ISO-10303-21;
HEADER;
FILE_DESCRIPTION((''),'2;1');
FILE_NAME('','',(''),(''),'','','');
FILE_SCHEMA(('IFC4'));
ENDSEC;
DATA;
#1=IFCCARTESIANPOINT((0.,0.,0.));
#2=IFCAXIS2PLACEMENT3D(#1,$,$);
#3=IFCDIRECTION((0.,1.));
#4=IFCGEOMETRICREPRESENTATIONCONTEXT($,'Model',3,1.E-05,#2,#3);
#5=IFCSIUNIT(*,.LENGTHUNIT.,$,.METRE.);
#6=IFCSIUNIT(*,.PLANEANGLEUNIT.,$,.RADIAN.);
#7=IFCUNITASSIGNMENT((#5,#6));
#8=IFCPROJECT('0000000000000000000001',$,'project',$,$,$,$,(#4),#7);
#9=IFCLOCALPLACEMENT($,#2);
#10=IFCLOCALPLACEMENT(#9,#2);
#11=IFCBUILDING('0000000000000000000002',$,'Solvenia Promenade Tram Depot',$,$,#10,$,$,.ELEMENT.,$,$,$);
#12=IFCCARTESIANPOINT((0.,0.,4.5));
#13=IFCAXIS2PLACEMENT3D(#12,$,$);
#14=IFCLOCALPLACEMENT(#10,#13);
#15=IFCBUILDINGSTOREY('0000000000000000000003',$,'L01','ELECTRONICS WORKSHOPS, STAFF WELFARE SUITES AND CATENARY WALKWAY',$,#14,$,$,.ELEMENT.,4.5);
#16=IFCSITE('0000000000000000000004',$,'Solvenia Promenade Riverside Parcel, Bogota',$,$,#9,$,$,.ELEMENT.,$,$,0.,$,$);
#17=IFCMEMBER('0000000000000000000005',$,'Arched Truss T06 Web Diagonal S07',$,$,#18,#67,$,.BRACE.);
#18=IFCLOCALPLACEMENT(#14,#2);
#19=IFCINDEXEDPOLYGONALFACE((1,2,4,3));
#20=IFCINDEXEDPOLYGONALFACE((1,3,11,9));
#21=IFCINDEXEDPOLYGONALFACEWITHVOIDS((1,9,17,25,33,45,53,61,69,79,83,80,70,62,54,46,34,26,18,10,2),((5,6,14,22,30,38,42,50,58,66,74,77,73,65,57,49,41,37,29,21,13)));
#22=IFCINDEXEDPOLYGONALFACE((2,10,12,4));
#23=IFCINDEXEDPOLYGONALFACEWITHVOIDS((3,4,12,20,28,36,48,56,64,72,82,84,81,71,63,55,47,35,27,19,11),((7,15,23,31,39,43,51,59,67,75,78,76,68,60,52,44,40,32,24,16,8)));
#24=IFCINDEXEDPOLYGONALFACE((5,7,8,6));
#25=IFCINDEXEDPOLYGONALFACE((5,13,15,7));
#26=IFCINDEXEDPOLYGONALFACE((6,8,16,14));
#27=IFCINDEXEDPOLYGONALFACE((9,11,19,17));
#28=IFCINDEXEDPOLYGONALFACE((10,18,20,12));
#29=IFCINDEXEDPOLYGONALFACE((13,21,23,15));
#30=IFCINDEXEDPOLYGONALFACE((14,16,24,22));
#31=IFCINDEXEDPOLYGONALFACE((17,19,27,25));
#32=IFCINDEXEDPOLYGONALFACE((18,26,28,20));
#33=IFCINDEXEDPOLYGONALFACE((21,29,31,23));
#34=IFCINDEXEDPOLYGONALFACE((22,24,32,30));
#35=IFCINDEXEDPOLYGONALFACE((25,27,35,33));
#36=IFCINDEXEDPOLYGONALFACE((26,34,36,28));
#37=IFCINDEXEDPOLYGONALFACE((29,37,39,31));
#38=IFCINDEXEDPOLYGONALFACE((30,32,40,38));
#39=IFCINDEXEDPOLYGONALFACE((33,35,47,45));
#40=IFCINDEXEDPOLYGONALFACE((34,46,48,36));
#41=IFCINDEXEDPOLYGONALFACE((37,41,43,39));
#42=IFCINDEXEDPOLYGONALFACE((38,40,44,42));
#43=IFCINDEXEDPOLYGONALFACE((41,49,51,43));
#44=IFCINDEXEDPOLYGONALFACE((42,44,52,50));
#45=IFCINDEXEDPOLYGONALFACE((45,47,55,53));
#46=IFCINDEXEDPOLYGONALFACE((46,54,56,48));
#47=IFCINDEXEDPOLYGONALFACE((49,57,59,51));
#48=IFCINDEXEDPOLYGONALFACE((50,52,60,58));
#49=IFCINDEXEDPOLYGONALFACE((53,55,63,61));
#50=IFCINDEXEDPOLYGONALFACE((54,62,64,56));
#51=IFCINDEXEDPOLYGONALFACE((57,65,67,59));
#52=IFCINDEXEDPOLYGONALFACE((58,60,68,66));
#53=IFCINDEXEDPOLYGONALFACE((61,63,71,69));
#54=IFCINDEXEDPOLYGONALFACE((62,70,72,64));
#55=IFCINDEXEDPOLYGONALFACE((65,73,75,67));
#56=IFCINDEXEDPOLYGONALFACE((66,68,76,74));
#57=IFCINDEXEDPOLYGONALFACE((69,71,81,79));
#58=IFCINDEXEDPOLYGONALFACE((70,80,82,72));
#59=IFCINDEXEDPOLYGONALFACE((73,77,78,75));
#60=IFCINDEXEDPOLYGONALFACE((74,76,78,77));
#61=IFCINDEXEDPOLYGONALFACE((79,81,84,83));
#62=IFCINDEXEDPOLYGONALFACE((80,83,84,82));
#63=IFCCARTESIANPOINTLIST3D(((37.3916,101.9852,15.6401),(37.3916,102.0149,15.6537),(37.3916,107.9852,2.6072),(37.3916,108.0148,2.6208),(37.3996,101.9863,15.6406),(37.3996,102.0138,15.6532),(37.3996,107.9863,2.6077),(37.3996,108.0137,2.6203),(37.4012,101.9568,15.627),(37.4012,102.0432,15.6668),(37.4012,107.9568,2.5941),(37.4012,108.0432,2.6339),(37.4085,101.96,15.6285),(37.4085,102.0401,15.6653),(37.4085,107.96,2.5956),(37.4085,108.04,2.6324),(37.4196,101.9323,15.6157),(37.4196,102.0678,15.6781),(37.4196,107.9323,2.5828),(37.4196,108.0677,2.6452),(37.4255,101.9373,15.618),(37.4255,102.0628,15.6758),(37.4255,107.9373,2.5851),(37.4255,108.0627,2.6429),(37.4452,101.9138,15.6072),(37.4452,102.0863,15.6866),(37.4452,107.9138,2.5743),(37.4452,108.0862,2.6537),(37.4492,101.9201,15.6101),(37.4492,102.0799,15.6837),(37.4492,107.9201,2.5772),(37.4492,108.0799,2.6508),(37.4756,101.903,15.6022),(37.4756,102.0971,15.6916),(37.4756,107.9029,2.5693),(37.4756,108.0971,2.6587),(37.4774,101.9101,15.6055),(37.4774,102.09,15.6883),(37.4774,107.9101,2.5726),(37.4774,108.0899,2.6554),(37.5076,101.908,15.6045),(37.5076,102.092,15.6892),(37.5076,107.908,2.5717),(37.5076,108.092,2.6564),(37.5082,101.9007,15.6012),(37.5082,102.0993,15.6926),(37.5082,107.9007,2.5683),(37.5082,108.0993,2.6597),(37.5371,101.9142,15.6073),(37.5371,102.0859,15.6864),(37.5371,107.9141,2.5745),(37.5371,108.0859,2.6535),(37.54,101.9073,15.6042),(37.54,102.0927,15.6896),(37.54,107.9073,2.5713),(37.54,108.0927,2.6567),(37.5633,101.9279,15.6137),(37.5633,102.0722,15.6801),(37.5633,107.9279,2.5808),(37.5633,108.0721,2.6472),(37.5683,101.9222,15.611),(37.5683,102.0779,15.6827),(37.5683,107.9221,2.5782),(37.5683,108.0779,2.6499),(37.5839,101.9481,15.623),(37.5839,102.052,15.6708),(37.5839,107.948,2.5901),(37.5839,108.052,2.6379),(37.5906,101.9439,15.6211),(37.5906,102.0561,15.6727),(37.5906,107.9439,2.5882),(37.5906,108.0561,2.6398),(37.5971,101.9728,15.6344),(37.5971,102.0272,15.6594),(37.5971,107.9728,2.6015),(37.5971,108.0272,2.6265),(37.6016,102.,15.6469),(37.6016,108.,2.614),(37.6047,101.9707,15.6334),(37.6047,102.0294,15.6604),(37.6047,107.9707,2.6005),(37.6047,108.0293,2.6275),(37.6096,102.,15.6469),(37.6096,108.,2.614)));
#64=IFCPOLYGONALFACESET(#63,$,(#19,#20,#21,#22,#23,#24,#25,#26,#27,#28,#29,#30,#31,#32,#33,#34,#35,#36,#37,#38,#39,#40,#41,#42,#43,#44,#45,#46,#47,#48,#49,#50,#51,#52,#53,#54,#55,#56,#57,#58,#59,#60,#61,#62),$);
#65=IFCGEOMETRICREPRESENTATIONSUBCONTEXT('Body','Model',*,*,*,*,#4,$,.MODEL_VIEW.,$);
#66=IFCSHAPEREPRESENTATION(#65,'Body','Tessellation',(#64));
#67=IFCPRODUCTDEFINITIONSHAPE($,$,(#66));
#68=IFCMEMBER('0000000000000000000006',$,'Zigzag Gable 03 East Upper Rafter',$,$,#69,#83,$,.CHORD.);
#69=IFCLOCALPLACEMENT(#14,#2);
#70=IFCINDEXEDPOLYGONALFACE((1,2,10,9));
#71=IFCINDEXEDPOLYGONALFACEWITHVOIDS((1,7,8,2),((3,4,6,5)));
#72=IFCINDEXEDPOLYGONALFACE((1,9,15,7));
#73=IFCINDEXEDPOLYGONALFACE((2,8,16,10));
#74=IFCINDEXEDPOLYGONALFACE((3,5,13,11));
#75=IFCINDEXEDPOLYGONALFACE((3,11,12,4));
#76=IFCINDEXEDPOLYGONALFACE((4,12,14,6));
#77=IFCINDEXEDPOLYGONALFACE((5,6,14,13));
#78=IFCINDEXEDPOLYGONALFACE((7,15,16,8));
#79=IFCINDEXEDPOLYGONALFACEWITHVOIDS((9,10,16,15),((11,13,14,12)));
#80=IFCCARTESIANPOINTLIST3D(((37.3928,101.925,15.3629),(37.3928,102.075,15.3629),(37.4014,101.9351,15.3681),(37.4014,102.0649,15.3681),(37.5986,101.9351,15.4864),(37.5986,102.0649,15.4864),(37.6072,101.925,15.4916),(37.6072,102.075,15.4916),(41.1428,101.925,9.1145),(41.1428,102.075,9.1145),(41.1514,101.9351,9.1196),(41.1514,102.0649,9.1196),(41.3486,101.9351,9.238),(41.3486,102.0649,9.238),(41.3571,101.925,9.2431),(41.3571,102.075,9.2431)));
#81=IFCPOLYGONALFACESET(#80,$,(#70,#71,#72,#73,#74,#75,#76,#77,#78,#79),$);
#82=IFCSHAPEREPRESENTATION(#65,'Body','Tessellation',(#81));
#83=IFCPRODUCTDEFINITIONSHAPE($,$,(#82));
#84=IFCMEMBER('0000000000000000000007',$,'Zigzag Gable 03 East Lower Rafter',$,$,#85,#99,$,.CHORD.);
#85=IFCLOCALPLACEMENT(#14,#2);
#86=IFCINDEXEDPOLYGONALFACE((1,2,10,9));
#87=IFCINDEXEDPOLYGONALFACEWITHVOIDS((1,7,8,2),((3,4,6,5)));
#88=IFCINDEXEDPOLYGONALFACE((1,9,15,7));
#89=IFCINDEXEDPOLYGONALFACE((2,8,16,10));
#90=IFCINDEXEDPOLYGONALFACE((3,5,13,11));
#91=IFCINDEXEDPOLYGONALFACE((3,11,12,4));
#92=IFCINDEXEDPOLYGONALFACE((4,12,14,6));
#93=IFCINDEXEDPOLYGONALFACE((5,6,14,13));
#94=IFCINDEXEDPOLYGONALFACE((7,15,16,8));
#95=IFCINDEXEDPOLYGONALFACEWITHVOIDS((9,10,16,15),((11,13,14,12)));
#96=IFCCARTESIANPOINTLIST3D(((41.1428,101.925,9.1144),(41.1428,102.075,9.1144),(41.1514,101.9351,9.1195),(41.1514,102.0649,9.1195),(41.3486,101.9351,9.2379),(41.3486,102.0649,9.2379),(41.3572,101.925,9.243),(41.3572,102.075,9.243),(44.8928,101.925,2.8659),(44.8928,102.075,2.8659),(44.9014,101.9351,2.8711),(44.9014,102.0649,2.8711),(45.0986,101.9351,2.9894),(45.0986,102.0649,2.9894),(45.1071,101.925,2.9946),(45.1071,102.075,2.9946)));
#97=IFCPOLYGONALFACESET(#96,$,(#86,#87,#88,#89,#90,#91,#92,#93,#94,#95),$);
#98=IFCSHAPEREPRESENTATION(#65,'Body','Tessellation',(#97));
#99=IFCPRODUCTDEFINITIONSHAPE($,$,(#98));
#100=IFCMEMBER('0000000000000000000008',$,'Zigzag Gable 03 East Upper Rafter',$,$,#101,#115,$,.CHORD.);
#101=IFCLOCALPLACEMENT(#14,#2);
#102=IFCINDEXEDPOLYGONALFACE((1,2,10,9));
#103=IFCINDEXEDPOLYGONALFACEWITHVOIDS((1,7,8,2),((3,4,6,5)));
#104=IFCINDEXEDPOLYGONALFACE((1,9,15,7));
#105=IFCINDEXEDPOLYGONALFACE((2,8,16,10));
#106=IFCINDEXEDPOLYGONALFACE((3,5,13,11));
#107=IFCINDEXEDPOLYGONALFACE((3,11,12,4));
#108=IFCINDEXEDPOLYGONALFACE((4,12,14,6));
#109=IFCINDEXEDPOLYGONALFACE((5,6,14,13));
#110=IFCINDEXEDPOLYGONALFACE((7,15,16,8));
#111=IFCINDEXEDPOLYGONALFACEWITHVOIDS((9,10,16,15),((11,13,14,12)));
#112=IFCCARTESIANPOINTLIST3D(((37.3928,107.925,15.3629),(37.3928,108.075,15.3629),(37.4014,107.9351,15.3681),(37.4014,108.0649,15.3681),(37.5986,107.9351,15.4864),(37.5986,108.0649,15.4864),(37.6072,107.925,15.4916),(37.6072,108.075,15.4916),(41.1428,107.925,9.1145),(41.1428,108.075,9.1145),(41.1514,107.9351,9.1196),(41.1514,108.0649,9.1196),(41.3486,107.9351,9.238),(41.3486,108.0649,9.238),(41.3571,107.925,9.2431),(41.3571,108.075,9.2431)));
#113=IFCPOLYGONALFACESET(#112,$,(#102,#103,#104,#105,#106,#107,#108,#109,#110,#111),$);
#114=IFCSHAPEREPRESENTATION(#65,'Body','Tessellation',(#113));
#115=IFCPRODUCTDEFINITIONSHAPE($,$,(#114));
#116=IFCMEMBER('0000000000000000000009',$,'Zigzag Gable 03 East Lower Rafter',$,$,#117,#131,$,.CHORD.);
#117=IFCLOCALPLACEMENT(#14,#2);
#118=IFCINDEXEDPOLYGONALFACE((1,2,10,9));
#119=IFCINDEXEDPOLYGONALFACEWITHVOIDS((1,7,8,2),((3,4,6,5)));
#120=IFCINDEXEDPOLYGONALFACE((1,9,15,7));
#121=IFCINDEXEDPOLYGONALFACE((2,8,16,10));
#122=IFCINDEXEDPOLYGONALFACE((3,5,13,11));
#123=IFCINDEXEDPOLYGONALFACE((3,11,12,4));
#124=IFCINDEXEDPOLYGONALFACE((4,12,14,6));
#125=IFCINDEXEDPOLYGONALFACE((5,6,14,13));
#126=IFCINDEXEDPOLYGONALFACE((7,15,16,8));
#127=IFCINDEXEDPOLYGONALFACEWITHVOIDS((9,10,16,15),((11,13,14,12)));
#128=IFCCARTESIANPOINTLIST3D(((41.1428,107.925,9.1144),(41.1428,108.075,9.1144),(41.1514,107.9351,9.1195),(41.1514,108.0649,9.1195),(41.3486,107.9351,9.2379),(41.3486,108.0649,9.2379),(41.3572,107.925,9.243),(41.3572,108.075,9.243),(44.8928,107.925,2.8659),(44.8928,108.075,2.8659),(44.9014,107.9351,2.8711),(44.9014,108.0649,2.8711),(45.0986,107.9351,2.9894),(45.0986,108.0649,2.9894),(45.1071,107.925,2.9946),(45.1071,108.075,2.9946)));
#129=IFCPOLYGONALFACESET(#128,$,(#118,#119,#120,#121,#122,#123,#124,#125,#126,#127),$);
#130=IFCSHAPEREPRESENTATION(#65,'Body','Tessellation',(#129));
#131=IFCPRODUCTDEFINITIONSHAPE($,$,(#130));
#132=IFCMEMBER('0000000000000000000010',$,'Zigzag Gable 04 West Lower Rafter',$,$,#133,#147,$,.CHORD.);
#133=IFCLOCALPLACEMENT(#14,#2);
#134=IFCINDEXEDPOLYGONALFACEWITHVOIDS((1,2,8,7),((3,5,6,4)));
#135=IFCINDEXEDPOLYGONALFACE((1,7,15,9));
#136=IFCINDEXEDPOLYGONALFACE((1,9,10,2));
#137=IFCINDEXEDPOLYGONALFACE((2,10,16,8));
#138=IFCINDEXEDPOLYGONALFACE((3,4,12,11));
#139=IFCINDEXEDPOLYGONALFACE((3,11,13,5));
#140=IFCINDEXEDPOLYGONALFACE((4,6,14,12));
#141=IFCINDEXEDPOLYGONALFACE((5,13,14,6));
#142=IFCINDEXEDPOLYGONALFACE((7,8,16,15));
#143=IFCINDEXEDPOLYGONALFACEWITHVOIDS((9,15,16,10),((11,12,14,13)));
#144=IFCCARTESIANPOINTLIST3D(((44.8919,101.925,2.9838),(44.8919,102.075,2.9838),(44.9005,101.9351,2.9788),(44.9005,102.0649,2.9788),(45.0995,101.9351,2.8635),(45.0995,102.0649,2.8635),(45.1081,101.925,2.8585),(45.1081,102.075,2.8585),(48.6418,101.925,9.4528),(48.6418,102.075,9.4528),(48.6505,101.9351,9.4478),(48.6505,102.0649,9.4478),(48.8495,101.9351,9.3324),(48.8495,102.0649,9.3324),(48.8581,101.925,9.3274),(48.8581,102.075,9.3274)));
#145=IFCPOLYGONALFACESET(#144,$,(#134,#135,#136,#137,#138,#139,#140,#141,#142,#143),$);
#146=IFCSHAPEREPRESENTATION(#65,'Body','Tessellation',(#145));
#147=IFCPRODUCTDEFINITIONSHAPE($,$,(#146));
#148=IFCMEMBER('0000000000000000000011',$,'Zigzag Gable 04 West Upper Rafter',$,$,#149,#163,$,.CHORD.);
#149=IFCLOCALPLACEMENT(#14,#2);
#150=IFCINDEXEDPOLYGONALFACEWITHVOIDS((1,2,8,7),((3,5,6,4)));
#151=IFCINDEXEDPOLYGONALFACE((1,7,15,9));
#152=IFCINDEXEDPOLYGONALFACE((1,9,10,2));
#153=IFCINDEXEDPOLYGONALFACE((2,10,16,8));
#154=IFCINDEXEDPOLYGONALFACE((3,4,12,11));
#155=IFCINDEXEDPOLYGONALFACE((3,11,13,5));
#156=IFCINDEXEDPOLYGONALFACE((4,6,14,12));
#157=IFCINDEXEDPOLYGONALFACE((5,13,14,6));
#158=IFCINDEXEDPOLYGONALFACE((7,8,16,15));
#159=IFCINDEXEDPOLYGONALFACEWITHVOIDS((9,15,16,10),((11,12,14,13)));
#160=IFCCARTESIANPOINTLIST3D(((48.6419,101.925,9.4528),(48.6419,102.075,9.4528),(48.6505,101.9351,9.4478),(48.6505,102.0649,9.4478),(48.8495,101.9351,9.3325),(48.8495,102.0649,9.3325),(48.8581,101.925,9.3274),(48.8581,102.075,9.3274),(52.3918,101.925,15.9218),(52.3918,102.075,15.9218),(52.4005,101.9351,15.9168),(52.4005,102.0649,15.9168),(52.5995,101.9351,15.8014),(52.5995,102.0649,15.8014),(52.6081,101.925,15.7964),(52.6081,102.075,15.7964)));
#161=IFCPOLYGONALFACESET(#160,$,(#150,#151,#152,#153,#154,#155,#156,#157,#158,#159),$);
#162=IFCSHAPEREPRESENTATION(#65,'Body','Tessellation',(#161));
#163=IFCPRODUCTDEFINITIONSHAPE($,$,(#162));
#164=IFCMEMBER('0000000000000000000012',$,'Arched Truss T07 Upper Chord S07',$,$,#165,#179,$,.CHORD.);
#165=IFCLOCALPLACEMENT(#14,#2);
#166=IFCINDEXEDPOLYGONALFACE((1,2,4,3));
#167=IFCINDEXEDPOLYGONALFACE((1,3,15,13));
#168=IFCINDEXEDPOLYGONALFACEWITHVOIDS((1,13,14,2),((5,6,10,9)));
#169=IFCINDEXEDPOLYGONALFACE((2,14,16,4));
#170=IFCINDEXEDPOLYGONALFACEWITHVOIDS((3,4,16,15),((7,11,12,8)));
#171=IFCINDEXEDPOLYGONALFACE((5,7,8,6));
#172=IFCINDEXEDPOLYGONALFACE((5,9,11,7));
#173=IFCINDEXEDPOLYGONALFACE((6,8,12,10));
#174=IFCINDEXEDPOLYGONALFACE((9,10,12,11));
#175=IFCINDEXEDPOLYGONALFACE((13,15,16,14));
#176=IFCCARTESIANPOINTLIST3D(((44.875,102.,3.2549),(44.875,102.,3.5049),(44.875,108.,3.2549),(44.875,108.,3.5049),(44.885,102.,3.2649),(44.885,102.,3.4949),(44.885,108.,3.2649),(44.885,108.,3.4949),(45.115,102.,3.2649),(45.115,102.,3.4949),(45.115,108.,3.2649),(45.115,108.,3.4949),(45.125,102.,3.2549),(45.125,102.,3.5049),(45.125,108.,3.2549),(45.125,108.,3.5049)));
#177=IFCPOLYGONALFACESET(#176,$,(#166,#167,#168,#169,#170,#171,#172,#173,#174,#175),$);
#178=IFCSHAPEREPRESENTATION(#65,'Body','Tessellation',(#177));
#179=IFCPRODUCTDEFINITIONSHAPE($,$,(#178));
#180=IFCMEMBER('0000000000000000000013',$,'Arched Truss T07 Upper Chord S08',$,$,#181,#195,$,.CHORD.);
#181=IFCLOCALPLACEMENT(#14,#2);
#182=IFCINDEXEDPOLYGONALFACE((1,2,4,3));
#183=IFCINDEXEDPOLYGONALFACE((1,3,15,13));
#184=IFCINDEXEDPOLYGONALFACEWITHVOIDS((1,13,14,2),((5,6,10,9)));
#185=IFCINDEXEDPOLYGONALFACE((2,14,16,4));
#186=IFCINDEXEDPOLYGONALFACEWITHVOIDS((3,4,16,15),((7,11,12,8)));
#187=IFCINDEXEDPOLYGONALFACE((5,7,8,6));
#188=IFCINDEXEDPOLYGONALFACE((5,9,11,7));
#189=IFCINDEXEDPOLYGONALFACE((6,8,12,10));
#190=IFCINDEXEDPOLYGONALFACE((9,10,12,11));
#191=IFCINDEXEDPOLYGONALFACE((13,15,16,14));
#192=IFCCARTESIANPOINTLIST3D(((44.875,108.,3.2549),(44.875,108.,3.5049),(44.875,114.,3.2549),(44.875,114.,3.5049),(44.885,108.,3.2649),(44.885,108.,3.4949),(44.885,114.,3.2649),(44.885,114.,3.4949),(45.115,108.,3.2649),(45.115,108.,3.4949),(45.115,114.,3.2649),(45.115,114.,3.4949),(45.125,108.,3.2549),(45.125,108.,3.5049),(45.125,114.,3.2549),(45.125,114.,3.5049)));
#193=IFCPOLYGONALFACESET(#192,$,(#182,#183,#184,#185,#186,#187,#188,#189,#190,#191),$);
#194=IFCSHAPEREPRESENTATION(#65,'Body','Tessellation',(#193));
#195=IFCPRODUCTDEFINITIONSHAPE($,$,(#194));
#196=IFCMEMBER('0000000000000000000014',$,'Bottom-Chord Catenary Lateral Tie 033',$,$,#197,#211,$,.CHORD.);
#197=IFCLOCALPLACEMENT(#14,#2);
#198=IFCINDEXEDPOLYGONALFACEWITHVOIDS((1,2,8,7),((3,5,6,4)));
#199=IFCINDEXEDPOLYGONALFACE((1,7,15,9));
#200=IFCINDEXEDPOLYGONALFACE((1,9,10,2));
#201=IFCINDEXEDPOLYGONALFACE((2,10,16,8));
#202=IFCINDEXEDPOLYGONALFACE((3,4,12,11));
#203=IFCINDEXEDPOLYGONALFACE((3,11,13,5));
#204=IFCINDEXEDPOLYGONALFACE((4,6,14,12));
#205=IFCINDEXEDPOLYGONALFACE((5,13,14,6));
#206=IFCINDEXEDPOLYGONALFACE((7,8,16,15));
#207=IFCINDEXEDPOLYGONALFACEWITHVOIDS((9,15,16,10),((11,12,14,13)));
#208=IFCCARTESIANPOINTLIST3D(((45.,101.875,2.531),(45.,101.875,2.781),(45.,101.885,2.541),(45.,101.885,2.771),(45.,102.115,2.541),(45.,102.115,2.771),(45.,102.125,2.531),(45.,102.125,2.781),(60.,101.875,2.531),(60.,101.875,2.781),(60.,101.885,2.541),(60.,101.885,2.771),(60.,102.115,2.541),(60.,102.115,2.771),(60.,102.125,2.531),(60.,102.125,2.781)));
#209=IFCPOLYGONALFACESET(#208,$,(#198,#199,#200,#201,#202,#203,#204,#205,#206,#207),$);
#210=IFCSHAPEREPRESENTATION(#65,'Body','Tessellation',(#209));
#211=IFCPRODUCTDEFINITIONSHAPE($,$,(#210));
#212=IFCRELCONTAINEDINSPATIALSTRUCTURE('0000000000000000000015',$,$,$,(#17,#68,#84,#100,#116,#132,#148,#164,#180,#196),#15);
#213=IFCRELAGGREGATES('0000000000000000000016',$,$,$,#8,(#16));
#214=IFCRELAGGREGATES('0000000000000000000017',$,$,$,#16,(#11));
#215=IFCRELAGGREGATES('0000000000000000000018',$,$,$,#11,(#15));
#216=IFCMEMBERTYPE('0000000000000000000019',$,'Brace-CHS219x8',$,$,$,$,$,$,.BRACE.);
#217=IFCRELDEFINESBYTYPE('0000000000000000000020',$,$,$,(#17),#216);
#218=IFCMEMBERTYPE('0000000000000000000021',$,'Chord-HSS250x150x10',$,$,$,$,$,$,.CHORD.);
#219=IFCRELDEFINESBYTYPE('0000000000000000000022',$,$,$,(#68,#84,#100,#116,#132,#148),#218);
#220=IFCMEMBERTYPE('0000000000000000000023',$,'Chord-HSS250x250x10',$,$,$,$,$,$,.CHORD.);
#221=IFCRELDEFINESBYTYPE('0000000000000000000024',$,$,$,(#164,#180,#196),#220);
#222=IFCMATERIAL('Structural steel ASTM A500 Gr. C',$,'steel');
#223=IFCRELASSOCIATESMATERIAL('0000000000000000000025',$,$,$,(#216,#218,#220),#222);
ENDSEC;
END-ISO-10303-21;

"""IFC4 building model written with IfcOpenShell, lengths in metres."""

from ifc_helpers import new_model, si_unit, direction, frame, origin, origin_2d, place, context, subcontext, project, spatial, hollow_rectangle, hollow_circle, extrude, material, material_profile, profile_set, type_object, element, save


model = new_model("IFC4")

# Units and contexts
model_context = context("Model", 3, precision=1e-05, world=origin(), true_north=direction((0.0, 1.0)))
body_context = subcontext(model_context, "Body", "Model", "MODEL_VIEW")
ifc_project = project(units=[si_unit("LENGTHUNIT", "METRE"), si_unit("PLANEANGLEUNIT", "RADIAN")], contexts=[model_context])

# Site, building, storey
site_placement = place(None, origin())
site = spatial("IfcSite", under=ifc_project, at=site_placement, Name="Solvenia Promenade Riverside Parcel, Bogota", CompositionType="ELEMENT", RefElevation=0.0)
building_placement = place(site_placement, origin())
building = spatial("IfcBuilding", under=site, at=building_placement, Name="Solvenia Promenade Tram Depot", CompositionType="ELEMENT")
storey_placement = place(building_placement, frame((0.0, 0.0, 4.5)))
storey = spatial("IfcBuildingStorey", under=building, at=storey_placement, Name="L01", Description="ELECTRONICS WORKSHOPS, STAFF WELFARE SUITES AND CATENARY WALKWAY", CompositionType="ELEMENT", Elevation=4.5)

# Members
ifc_material_1 = material(Name="Structural steel ASTM A500 Gr. C", Category="steel")
ifc_material_profile_1 = material_profile(ifc_material_1, hollow_circle(Radius=0.1096, WallThickness=0.0081, at=origin_2d()), Name="CHS219.1x8", Category="steel")
ifc_profile_set_1 = profile_set([ifc_material_profile_1], Name="Structural steel ASTM A500 Gr. C")
member_type_1 = type_object("IfcMemberType", Name="Brace-CHS219x8", PredefinedType="BRACE", material=ifc_profile_set_1)
member_1_placement = place(storey_placement, frame((37.5, 108.0, 2.614), z_axis=(0.0, -0.418184, 0.908362), x_axis=(1.0, 0.0, 0.0)))
element("IfcMember", 1, at=member_1_placement, inside=storey, type_object=member_type_1, Name="Arched Truss T06 Web Diagonal S07", PredefinedType="BRACE", context=body_context, shape_type="SweptSolid", body=[
    extrude(hollow_circle(Radius=0.1096, WallThickness=0.0081, at=origin_2d()), origin(), (0.0, 0.0, 1.0), 14.3477),
])
ifc_material_profile_2 = material_profile(ifc_material_1, hollow_rectangle(XDim=0.1499, YDim=0.25, WallThickness=0.01, at=origin_2d()), Name="HSS250x150x10", Category="steel")
ifc_profile_set_2 = profile_set([ifc_material_profile_2], Name="Structural steel ASTM A500 Gr. C")
member_type_2 = type_object("IfcMemberType", Name="Chord-HSS250x150x10", PredefinedType="CHORD", material=ifc_profile_set_2)
for number, where, z_axis, x_axis, name in (
    (2, (37.5, 102.0, 15.4272), (0.514584, 0.0, -0.85744), (0.0, 1.0, 0.0), "Zigzag Gable 03 East Upper Rafter"),
    (3, (41.25, 102.0, 9.1787), (0.514584, 0.0, -0.85744), (0.0, 1.0, 0.0), "Zigzag Gable 03 East Lower Rafter"),
    (4, (37.5, 108.0, 15.4272), (0.514584, 0.0, -0.85744), (0.0, 1.0, 0.0), "Zigzag Gable 03 East Upper Rafter"),
    (5, (41.25, 108.0, 9.1787), (0.514584, 0.0, -0.85744), (0.0, 1.0, 0.0), "Zigzag Gable 03 East Lower Rafter"),
):
    element("IfcMember", number, at=place(storey_placement, frame(where, z_axis=z_axis, x_axis=x_axis)), inside=storey, type_object=member_type_2, Name=name, PredefinedType="CHORD", context=body_context, shape_type="SweptSolid", body=[
        extrude(hollow_rectangle(XDim=0.1499, YDim=0.25, WallThickness=0.01, at=origin_2d()), origin(), (0.0, 0.0, 1.0), 7.2874),
    ])
for number, where, z_axis, x_axis, name in (
    (6, (45.0, 102.0, 2.9211), (0.501516, 0.0, 0.865148), (0.0, 1.0, 0.0), "Zigzag Gable 04 West Lower Rafter"),
    (7, (48.75, 102.0, 9.3901), (0.501516, 0.0, 0.865148), (0.0, 1.0, 0.0), "Zigzag Gable 04 West Upper Rafter"),
):
    element("IfcMember", number, at=place(storey_placement, frame(where, z_axis=z_axis, x_axis=x_axis)), inside=storey, type_object=member_type_2, Name=name, PredefinedType="CHORD", context=body_context, shape_type="SweptSolid", body=[
        extrude(hollow_rectangle(XDim=0.1499, YDim=0.25, WallThickness=0.01, at=origin_2d()), origin(), (0.0, 0.0, 1.0), 7.4773),
    ])
ifc_material_profile_3 = material_profile(ifc_material_1, hollow_rectangle(XDim=0.25, YDim=0.25, WallThickness=0.01, at=origin_2d()), Name="HSS250x250x10", Category="steel")
ifc_profile_set_3 = profile_set([ifc_material_profile_3], Name="Structural steel ASTM A500 Gr. C")
member_type_3 = type_object("IfcMemberType", Name="Chord-HSS250x250x10", PredefinedType="CHORD", material=ifc_profile_set_3)
for number, where, z_axis, x_axis, name in (
    (8, (45.0, 102.0, 3.3799), (0.0, 1.0, 0.0), (-1.0, 0.0, 0.0), "Arched Truss T07 Upper Chord S07"),
    (9, (45.0, 108.0, 3.3799), (0.0, 1.0, 0.0), (-1.0, 0.0, 0.0), "Arched Truss T07 Upper Chord S08"),
):
    element("IfcMember", number, at=place(storey_placement, frame(where, z_axis=z_axis, x_axis=x_axis)), inside=storey, type_object=member_type_3, Name=name, PredefinedType="CHORD", context=body_context, shape_type="SweptSolid", body=[
        extrude(hollow_rectangle(XDim=0.25, YDim=0.25, WallThickness=0.01, at=origin_2d()), origin(), (0.0, 0.0, 1.0), 6.0),
    ])
member_2_placement = place(storey_placement, frame((45.0, 102.0, 2.656), z_axis=(1.0, 0.0, 0.0), x_axis=(0.0, 1.0, 0.0)))
element("IfcMember", 10, at=member_2_placement, inside=storey, type_object=member_type_3, Name="Bottom-Chord Catenary Lateral Tie 033", PredefinedType="CHORD", context=body_context, shape_type="SweptSolid", body=[
    extrude(hollow_rectangle(XDim=0.25, YDim=0.25, WallThickness=0.01, at=origin_2d()), origin(), (0.0, 0.0, 1.0), 15.0),
])

save(model, "model.ifc")
